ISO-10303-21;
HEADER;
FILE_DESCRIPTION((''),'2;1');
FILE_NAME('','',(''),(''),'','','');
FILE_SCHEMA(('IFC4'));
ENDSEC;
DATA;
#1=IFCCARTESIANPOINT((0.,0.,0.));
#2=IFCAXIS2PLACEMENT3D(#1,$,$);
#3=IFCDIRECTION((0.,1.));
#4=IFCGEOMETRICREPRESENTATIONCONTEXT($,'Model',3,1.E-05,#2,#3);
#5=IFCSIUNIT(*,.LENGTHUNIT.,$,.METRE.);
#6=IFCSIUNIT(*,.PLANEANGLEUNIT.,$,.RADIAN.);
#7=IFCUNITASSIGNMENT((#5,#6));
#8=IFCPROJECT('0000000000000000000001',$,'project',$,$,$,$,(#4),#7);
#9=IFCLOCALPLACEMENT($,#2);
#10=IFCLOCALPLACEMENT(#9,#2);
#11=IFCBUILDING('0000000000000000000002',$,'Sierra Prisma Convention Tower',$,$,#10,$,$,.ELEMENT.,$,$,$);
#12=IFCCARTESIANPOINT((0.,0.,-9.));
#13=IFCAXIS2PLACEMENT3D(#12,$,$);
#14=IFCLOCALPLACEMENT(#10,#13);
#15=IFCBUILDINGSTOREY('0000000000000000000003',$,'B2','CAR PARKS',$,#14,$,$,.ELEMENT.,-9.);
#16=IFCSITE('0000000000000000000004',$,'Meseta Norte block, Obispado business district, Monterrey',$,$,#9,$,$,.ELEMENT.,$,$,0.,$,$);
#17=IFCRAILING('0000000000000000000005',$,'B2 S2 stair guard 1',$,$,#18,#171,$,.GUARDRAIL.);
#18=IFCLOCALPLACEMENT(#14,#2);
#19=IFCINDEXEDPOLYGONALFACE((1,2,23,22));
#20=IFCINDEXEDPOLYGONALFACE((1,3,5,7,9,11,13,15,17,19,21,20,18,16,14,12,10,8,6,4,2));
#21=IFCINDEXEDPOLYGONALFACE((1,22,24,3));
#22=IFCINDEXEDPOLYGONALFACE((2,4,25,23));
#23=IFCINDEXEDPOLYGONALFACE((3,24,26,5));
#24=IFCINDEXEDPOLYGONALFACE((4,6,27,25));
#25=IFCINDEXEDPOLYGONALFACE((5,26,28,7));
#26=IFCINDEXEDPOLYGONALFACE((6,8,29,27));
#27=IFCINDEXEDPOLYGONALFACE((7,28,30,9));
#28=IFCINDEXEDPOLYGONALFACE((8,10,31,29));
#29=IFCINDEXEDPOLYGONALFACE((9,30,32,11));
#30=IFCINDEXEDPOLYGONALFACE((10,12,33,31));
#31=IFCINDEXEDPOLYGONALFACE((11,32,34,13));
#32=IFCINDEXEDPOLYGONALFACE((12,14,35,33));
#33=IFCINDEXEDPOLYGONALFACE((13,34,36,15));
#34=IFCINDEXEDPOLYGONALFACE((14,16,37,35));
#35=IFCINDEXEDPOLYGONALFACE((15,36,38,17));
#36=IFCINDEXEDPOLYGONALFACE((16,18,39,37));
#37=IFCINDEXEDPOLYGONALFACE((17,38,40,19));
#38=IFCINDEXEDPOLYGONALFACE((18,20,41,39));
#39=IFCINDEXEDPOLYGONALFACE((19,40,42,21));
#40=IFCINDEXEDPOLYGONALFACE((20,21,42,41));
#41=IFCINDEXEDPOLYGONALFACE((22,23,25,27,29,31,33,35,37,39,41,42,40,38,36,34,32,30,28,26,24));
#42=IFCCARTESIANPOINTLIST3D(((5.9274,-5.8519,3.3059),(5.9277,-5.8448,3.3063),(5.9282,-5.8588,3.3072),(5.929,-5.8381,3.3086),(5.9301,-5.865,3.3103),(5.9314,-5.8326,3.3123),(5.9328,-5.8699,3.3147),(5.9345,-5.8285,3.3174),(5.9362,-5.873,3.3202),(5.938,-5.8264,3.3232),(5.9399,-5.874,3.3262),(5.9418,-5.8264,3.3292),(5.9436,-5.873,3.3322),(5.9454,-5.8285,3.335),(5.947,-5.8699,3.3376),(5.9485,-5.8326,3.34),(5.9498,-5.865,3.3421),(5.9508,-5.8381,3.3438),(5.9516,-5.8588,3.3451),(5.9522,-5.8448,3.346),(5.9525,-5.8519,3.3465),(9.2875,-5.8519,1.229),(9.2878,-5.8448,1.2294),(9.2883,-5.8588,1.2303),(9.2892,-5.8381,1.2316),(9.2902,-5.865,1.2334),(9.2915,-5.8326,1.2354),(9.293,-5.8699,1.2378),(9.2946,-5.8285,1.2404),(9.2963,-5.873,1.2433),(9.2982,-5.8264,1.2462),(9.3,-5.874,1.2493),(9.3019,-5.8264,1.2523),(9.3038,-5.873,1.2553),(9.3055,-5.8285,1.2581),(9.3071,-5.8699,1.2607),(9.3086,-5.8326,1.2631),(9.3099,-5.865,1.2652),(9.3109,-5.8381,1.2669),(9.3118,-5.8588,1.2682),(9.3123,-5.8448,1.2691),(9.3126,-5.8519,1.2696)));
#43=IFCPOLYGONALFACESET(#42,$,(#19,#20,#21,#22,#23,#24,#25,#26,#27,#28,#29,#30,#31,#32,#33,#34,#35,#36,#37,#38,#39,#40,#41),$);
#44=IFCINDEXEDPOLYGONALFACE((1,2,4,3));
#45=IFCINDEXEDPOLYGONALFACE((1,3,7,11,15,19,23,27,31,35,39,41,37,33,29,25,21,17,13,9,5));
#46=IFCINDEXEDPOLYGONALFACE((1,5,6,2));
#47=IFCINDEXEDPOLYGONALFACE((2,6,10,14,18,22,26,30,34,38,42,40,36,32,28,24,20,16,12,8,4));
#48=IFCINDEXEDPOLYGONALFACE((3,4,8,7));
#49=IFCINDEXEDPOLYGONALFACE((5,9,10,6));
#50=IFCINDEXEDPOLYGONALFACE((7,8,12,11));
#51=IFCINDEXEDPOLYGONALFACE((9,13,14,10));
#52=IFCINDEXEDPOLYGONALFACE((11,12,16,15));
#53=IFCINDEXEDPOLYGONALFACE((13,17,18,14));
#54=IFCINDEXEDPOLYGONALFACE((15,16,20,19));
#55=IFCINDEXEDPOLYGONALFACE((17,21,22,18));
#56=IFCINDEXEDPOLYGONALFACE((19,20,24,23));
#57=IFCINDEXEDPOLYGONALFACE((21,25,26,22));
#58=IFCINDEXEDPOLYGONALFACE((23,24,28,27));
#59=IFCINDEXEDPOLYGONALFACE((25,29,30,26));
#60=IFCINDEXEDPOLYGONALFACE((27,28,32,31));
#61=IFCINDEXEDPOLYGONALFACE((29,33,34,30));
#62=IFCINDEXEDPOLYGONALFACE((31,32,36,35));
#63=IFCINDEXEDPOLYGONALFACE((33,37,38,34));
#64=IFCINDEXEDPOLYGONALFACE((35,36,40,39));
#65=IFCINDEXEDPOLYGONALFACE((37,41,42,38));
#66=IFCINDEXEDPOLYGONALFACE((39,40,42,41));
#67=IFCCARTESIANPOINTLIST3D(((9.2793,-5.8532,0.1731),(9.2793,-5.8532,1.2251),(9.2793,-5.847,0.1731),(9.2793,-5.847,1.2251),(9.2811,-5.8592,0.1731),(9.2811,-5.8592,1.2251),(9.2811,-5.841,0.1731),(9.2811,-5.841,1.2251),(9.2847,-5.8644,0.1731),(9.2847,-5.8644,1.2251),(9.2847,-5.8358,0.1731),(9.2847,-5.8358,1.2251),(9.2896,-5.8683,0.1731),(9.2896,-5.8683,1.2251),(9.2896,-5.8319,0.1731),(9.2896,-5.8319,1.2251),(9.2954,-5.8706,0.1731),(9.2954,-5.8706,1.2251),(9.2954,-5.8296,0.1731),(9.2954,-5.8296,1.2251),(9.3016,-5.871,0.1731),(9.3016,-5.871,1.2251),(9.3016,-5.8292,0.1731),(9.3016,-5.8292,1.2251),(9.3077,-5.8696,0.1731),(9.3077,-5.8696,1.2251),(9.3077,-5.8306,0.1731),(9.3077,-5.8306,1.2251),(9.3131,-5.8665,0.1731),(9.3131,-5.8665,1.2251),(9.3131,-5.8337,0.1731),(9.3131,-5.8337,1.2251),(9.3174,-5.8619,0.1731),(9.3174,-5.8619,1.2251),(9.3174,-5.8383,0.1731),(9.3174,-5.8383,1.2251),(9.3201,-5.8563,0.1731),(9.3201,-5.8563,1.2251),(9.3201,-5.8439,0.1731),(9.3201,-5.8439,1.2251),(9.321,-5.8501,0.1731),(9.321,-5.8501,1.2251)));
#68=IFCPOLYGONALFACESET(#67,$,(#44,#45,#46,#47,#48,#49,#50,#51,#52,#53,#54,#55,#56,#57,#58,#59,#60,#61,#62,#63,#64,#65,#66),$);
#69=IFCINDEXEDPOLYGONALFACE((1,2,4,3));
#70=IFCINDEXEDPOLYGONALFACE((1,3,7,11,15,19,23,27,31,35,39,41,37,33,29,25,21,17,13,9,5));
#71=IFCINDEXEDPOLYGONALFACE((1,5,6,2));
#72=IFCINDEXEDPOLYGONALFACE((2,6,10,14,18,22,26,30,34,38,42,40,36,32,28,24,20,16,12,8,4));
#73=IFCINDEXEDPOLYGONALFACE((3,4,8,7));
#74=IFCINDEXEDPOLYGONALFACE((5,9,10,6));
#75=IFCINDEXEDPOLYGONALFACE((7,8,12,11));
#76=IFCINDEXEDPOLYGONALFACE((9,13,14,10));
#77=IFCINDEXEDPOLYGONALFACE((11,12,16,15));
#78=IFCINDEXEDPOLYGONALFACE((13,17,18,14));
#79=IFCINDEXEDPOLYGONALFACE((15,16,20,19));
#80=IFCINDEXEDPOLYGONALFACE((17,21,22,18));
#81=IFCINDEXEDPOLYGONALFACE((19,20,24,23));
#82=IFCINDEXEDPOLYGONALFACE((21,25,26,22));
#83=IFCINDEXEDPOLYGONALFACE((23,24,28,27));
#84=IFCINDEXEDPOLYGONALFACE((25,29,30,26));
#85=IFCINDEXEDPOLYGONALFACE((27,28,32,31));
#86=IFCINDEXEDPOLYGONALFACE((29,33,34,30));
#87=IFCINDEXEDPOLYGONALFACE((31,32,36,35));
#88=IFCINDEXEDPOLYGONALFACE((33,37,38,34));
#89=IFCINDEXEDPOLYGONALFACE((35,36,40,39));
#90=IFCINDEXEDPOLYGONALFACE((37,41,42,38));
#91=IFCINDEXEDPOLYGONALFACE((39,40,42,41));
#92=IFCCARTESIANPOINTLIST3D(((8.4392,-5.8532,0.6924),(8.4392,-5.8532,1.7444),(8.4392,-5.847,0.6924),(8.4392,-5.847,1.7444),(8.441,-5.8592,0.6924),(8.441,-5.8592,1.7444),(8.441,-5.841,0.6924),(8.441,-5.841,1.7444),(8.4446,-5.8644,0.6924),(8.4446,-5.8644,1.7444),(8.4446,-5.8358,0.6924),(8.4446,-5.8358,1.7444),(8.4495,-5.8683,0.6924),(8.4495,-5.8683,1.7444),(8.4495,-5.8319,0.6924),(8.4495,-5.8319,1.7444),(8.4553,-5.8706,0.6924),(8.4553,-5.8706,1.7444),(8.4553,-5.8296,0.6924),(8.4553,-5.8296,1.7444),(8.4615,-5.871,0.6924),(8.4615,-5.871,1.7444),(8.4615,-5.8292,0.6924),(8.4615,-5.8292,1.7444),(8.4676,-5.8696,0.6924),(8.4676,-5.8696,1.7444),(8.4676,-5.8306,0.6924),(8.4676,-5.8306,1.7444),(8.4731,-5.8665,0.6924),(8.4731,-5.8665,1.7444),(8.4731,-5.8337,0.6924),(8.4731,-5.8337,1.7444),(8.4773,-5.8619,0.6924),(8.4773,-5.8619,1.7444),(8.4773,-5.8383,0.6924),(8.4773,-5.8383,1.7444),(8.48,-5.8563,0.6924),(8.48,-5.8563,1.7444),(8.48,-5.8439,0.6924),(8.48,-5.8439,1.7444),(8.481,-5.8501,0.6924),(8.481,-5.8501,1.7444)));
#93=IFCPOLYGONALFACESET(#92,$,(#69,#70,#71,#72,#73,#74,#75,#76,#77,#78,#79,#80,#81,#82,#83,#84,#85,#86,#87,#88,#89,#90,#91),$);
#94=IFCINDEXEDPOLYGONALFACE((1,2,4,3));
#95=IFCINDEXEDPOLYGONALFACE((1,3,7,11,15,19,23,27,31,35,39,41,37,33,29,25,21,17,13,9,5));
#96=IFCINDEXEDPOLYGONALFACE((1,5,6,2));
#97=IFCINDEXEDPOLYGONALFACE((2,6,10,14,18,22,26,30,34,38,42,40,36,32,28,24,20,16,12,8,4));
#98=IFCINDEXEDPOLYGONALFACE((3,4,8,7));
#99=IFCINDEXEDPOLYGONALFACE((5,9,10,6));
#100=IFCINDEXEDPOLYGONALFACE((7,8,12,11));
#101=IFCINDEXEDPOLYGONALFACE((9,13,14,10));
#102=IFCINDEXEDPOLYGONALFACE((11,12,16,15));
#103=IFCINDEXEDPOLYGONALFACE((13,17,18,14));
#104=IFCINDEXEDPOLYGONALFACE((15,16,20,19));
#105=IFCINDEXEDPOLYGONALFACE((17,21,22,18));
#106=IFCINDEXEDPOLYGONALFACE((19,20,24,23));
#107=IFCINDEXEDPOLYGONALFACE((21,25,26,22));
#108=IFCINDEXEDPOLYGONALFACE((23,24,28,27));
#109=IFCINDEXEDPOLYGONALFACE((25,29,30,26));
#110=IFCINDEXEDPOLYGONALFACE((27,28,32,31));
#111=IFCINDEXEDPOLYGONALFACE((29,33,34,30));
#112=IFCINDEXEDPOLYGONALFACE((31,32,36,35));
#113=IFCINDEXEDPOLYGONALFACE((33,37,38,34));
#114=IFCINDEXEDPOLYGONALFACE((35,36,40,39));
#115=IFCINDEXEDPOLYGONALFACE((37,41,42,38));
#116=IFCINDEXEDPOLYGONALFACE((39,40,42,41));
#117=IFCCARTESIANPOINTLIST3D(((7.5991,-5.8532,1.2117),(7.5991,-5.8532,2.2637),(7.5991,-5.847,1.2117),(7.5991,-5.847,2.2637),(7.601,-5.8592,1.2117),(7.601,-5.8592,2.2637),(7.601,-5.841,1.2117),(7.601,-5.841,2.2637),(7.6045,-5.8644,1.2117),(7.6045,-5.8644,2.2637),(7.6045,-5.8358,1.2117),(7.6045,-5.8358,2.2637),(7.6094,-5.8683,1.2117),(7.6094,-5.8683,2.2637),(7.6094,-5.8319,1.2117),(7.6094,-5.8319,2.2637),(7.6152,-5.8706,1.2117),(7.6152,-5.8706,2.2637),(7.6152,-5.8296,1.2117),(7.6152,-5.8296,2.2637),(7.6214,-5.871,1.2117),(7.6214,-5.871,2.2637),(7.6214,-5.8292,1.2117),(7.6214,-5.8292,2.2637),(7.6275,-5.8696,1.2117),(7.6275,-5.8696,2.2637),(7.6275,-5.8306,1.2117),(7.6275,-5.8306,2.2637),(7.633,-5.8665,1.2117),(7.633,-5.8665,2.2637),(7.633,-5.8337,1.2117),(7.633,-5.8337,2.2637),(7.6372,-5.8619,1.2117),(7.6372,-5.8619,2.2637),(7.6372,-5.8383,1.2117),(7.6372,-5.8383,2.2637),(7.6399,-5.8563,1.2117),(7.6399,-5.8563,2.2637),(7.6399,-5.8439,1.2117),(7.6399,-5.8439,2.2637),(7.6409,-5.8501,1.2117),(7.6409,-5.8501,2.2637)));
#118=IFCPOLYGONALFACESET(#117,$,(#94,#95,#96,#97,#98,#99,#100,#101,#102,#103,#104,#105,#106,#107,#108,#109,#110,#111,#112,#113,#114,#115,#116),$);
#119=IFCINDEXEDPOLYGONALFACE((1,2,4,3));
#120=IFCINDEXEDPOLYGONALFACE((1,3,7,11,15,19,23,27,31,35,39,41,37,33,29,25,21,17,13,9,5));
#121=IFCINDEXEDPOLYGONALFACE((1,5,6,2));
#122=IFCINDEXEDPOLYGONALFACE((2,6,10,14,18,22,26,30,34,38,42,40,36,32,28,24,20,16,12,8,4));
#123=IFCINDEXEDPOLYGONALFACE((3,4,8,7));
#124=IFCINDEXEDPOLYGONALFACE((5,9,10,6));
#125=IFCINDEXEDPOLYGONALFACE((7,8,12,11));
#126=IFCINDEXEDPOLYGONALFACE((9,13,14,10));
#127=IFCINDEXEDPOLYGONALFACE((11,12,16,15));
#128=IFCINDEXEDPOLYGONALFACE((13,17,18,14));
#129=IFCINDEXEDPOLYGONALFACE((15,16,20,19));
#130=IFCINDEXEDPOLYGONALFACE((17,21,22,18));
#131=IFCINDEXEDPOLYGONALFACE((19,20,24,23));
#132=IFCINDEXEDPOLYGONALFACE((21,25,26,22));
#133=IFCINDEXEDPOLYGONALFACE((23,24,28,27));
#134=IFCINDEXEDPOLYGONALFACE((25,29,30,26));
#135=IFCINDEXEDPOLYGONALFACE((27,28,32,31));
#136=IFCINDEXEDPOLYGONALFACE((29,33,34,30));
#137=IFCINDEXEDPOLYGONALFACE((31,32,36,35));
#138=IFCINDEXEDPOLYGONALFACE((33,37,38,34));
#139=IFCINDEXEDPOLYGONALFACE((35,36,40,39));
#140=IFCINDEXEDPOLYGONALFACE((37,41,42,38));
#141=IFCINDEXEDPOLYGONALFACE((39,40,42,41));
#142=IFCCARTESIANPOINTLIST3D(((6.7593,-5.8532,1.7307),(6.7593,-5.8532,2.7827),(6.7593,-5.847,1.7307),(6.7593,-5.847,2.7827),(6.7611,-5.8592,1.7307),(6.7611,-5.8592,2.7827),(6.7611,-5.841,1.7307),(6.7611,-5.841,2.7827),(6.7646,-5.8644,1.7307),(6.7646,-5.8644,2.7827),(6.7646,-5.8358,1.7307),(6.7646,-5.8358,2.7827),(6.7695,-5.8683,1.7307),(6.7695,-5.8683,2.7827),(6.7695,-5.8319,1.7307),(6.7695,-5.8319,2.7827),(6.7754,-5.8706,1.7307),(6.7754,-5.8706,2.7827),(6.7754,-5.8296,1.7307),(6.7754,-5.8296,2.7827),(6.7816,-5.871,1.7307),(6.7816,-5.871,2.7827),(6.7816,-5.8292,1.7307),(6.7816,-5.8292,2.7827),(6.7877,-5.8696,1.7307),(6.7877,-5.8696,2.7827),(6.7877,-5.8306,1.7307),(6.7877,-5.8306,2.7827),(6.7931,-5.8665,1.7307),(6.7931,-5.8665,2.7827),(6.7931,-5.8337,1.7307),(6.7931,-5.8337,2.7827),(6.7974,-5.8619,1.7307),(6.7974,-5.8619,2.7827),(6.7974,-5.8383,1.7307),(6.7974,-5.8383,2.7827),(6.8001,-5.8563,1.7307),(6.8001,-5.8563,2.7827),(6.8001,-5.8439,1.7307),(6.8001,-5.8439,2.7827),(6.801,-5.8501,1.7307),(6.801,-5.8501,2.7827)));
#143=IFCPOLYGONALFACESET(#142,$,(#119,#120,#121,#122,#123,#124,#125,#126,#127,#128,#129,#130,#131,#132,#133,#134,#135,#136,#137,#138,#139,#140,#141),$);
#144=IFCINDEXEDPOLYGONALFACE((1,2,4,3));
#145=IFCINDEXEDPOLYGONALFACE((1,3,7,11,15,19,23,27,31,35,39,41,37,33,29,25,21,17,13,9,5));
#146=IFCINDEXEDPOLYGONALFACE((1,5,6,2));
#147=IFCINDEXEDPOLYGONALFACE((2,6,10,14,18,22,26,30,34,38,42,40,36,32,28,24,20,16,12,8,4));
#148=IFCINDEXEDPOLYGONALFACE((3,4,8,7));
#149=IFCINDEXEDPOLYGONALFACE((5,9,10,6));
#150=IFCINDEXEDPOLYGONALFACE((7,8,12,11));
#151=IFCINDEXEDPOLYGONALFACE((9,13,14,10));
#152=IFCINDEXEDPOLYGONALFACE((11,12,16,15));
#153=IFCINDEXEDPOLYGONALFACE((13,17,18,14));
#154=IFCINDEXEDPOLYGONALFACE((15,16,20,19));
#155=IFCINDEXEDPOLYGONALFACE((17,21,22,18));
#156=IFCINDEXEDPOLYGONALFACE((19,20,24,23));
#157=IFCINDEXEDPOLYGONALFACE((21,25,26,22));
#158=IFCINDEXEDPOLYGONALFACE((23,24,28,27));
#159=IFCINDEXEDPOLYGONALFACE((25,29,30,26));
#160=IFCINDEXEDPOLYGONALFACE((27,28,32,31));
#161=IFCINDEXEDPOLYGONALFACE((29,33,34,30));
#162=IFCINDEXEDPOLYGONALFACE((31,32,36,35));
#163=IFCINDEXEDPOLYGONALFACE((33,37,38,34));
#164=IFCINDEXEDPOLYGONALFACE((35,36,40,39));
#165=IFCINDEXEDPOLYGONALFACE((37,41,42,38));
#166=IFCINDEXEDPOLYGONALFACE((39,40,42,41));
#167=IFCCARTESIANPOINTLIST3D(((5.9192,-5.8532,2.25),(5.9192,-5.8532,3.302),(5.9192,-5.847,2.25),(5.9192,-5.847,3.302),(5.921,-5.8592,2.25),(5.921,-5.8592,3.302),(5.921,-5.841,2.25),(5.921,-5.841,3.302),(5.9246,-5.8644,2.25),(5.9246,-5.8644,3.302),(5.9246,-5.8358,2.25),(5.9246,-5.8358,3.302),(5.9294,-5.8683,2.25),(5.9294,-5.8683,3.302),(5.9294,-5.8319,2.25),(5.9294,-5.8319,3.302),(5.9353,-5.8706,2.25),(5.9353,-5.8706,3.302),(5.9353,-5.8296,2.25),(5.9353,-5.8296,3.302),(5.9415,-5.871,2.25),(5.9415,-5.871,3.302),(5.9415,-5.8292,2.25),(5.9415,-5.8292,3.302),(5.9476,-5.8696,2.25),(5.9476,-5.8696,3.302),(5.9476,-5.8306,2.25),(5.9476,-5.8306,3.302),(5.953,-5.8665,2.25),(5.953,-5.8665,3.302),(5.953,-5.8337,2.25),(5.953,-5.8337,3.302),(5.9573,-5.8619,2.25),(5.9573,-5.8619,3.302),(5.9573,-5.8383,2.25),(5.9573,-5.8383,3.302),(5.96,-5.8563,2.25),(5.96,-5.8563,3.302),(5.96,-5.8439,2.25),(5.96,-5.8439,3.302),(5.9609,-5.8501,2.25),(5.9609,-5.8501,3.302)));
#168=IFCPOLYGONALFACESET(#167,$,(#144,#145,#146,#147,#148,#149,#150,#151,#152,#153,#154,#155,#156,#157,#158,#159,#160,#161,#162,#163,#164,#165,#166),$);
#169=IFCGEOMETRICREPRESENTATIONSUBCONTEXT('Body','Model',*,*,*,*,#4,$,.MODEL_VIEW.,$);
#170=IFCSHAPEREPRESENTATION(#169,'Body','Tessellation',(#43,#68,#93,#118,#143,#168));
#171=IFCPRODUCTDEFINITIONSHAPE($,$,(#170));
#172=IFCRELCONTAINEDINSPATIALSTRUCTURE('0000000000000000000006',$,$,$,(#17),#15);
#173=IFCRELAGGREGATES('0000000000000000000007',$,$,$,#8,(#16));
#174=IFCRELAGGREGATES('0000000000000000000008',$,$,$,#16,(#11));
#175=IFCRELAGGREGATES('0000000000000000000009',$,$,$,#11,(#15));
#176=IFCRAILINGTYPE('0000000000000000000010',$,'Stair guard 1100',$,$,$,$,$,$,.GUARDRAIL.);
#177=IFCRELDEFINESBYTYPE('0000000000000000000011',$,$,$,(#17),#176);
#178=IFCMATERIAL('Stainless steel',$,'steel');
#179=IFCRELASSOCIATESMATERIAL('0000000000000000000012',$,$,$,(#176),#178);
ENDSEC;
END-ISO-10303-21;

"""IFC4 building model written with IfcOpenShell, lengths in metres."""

from ifc_helpers import new_model, si_unit, direction, frame, origin, origin_2d, place, context, subcontext, project, spatial, circle, extrude, material, type_object, element, save


model = new_model("IFC4")

# Units and contexts
model_context = context("Model", 3, precision=1e-05, world=origin(), true_north=direction((0.0, 1.0)))
body_context = subcontext(model_context, "Body", "Model", "MODEL_VIEW")
ifc_project = project(units=[si_unit("LENGTHUNIT", "METRE"), si_unit("PLANEANGLEUNIT", "RADIAN")], contexts=[model_context])

# Site, building, storey
site_placement = place(None, origin())
site = spatial("IfcSite", under=ifc_project, at=site_placement, Name="Meseta Norte block, Obispado business district, Monterrey", CompositionType="ELEMENT", RefElevation=0.0)
building_placement = place(site_placement, origin())
building = spatial("IfcBuilding", under=site, at=building_placement, Name="Sierra Prisma Convention Tower", CompositionType="ELEMENT")
storey_placement = place(building_placement, frame((0.0, 0.0, -9.0)))
storey = spatial("IfcBuildingStorey", under=building, at=storey_placement, Name="B2", Description="CAR PARKS", CompositionType="ELEMENT", Elevation=-9.0)

# Railing
ifc_material_1 = material(Name="Stainless steel", Category="steel")
railing_type_1 = type_object("IfcRailingType", Name="Stair guard 1100", PredefinedType="GUARDRAIL", material=ifc_material_1)
railing_1_placement = place(storey_placement, frame((9.3, -5.8501, 0.1731)))
element("IfcRailing", 1, at=railing_1_placement, inside=storey, type_object=railing_type_1, Name="B2 S2 stair guard 1", PredefinedType="GUARDRAIL", context=body_context, shape_type="SweptSolid", body=[
    extrude(circle(Radius=0.0239, at=origin_2d()), frame((0.0, 0.0, 1.0762), z_axis=(-0.850623, 0.0, 0.525776), x_axis=(0.0, -1.0, 0.0)), (0.0, 0.0, 1.0), 3.9502),
    extrude(circle(Radius=0.021, at=origin_2d()), origin(), (0.0, 0.0, 1.0), 1.052),
    extrude(circle(Radius=0.021, at=origin_2d()), frame((-0.8401, 0.0, 0.5193)), (0.0, 0.0, 1.0), 1.052),
    extrude(circle(Radius=0.021, at=origin_2d()), frame((-1.6802, 0.0, 1.0386)), (0.0, 0.0, 1.0), 1.052),
    extrude(circle(Radius=0.021, at=origin_2d()), frame((-2.52, 0.0, 1.5576)), (0.0, 0.0, 1.0), 1.052),
    extrude(circle(Radius=0.021, at=origin_2d()), frame((-3.3601, 0.0, 2.0769)), (0.0, 0.0, 1.0), 1.052),
])

save(model, "model.ifc")
